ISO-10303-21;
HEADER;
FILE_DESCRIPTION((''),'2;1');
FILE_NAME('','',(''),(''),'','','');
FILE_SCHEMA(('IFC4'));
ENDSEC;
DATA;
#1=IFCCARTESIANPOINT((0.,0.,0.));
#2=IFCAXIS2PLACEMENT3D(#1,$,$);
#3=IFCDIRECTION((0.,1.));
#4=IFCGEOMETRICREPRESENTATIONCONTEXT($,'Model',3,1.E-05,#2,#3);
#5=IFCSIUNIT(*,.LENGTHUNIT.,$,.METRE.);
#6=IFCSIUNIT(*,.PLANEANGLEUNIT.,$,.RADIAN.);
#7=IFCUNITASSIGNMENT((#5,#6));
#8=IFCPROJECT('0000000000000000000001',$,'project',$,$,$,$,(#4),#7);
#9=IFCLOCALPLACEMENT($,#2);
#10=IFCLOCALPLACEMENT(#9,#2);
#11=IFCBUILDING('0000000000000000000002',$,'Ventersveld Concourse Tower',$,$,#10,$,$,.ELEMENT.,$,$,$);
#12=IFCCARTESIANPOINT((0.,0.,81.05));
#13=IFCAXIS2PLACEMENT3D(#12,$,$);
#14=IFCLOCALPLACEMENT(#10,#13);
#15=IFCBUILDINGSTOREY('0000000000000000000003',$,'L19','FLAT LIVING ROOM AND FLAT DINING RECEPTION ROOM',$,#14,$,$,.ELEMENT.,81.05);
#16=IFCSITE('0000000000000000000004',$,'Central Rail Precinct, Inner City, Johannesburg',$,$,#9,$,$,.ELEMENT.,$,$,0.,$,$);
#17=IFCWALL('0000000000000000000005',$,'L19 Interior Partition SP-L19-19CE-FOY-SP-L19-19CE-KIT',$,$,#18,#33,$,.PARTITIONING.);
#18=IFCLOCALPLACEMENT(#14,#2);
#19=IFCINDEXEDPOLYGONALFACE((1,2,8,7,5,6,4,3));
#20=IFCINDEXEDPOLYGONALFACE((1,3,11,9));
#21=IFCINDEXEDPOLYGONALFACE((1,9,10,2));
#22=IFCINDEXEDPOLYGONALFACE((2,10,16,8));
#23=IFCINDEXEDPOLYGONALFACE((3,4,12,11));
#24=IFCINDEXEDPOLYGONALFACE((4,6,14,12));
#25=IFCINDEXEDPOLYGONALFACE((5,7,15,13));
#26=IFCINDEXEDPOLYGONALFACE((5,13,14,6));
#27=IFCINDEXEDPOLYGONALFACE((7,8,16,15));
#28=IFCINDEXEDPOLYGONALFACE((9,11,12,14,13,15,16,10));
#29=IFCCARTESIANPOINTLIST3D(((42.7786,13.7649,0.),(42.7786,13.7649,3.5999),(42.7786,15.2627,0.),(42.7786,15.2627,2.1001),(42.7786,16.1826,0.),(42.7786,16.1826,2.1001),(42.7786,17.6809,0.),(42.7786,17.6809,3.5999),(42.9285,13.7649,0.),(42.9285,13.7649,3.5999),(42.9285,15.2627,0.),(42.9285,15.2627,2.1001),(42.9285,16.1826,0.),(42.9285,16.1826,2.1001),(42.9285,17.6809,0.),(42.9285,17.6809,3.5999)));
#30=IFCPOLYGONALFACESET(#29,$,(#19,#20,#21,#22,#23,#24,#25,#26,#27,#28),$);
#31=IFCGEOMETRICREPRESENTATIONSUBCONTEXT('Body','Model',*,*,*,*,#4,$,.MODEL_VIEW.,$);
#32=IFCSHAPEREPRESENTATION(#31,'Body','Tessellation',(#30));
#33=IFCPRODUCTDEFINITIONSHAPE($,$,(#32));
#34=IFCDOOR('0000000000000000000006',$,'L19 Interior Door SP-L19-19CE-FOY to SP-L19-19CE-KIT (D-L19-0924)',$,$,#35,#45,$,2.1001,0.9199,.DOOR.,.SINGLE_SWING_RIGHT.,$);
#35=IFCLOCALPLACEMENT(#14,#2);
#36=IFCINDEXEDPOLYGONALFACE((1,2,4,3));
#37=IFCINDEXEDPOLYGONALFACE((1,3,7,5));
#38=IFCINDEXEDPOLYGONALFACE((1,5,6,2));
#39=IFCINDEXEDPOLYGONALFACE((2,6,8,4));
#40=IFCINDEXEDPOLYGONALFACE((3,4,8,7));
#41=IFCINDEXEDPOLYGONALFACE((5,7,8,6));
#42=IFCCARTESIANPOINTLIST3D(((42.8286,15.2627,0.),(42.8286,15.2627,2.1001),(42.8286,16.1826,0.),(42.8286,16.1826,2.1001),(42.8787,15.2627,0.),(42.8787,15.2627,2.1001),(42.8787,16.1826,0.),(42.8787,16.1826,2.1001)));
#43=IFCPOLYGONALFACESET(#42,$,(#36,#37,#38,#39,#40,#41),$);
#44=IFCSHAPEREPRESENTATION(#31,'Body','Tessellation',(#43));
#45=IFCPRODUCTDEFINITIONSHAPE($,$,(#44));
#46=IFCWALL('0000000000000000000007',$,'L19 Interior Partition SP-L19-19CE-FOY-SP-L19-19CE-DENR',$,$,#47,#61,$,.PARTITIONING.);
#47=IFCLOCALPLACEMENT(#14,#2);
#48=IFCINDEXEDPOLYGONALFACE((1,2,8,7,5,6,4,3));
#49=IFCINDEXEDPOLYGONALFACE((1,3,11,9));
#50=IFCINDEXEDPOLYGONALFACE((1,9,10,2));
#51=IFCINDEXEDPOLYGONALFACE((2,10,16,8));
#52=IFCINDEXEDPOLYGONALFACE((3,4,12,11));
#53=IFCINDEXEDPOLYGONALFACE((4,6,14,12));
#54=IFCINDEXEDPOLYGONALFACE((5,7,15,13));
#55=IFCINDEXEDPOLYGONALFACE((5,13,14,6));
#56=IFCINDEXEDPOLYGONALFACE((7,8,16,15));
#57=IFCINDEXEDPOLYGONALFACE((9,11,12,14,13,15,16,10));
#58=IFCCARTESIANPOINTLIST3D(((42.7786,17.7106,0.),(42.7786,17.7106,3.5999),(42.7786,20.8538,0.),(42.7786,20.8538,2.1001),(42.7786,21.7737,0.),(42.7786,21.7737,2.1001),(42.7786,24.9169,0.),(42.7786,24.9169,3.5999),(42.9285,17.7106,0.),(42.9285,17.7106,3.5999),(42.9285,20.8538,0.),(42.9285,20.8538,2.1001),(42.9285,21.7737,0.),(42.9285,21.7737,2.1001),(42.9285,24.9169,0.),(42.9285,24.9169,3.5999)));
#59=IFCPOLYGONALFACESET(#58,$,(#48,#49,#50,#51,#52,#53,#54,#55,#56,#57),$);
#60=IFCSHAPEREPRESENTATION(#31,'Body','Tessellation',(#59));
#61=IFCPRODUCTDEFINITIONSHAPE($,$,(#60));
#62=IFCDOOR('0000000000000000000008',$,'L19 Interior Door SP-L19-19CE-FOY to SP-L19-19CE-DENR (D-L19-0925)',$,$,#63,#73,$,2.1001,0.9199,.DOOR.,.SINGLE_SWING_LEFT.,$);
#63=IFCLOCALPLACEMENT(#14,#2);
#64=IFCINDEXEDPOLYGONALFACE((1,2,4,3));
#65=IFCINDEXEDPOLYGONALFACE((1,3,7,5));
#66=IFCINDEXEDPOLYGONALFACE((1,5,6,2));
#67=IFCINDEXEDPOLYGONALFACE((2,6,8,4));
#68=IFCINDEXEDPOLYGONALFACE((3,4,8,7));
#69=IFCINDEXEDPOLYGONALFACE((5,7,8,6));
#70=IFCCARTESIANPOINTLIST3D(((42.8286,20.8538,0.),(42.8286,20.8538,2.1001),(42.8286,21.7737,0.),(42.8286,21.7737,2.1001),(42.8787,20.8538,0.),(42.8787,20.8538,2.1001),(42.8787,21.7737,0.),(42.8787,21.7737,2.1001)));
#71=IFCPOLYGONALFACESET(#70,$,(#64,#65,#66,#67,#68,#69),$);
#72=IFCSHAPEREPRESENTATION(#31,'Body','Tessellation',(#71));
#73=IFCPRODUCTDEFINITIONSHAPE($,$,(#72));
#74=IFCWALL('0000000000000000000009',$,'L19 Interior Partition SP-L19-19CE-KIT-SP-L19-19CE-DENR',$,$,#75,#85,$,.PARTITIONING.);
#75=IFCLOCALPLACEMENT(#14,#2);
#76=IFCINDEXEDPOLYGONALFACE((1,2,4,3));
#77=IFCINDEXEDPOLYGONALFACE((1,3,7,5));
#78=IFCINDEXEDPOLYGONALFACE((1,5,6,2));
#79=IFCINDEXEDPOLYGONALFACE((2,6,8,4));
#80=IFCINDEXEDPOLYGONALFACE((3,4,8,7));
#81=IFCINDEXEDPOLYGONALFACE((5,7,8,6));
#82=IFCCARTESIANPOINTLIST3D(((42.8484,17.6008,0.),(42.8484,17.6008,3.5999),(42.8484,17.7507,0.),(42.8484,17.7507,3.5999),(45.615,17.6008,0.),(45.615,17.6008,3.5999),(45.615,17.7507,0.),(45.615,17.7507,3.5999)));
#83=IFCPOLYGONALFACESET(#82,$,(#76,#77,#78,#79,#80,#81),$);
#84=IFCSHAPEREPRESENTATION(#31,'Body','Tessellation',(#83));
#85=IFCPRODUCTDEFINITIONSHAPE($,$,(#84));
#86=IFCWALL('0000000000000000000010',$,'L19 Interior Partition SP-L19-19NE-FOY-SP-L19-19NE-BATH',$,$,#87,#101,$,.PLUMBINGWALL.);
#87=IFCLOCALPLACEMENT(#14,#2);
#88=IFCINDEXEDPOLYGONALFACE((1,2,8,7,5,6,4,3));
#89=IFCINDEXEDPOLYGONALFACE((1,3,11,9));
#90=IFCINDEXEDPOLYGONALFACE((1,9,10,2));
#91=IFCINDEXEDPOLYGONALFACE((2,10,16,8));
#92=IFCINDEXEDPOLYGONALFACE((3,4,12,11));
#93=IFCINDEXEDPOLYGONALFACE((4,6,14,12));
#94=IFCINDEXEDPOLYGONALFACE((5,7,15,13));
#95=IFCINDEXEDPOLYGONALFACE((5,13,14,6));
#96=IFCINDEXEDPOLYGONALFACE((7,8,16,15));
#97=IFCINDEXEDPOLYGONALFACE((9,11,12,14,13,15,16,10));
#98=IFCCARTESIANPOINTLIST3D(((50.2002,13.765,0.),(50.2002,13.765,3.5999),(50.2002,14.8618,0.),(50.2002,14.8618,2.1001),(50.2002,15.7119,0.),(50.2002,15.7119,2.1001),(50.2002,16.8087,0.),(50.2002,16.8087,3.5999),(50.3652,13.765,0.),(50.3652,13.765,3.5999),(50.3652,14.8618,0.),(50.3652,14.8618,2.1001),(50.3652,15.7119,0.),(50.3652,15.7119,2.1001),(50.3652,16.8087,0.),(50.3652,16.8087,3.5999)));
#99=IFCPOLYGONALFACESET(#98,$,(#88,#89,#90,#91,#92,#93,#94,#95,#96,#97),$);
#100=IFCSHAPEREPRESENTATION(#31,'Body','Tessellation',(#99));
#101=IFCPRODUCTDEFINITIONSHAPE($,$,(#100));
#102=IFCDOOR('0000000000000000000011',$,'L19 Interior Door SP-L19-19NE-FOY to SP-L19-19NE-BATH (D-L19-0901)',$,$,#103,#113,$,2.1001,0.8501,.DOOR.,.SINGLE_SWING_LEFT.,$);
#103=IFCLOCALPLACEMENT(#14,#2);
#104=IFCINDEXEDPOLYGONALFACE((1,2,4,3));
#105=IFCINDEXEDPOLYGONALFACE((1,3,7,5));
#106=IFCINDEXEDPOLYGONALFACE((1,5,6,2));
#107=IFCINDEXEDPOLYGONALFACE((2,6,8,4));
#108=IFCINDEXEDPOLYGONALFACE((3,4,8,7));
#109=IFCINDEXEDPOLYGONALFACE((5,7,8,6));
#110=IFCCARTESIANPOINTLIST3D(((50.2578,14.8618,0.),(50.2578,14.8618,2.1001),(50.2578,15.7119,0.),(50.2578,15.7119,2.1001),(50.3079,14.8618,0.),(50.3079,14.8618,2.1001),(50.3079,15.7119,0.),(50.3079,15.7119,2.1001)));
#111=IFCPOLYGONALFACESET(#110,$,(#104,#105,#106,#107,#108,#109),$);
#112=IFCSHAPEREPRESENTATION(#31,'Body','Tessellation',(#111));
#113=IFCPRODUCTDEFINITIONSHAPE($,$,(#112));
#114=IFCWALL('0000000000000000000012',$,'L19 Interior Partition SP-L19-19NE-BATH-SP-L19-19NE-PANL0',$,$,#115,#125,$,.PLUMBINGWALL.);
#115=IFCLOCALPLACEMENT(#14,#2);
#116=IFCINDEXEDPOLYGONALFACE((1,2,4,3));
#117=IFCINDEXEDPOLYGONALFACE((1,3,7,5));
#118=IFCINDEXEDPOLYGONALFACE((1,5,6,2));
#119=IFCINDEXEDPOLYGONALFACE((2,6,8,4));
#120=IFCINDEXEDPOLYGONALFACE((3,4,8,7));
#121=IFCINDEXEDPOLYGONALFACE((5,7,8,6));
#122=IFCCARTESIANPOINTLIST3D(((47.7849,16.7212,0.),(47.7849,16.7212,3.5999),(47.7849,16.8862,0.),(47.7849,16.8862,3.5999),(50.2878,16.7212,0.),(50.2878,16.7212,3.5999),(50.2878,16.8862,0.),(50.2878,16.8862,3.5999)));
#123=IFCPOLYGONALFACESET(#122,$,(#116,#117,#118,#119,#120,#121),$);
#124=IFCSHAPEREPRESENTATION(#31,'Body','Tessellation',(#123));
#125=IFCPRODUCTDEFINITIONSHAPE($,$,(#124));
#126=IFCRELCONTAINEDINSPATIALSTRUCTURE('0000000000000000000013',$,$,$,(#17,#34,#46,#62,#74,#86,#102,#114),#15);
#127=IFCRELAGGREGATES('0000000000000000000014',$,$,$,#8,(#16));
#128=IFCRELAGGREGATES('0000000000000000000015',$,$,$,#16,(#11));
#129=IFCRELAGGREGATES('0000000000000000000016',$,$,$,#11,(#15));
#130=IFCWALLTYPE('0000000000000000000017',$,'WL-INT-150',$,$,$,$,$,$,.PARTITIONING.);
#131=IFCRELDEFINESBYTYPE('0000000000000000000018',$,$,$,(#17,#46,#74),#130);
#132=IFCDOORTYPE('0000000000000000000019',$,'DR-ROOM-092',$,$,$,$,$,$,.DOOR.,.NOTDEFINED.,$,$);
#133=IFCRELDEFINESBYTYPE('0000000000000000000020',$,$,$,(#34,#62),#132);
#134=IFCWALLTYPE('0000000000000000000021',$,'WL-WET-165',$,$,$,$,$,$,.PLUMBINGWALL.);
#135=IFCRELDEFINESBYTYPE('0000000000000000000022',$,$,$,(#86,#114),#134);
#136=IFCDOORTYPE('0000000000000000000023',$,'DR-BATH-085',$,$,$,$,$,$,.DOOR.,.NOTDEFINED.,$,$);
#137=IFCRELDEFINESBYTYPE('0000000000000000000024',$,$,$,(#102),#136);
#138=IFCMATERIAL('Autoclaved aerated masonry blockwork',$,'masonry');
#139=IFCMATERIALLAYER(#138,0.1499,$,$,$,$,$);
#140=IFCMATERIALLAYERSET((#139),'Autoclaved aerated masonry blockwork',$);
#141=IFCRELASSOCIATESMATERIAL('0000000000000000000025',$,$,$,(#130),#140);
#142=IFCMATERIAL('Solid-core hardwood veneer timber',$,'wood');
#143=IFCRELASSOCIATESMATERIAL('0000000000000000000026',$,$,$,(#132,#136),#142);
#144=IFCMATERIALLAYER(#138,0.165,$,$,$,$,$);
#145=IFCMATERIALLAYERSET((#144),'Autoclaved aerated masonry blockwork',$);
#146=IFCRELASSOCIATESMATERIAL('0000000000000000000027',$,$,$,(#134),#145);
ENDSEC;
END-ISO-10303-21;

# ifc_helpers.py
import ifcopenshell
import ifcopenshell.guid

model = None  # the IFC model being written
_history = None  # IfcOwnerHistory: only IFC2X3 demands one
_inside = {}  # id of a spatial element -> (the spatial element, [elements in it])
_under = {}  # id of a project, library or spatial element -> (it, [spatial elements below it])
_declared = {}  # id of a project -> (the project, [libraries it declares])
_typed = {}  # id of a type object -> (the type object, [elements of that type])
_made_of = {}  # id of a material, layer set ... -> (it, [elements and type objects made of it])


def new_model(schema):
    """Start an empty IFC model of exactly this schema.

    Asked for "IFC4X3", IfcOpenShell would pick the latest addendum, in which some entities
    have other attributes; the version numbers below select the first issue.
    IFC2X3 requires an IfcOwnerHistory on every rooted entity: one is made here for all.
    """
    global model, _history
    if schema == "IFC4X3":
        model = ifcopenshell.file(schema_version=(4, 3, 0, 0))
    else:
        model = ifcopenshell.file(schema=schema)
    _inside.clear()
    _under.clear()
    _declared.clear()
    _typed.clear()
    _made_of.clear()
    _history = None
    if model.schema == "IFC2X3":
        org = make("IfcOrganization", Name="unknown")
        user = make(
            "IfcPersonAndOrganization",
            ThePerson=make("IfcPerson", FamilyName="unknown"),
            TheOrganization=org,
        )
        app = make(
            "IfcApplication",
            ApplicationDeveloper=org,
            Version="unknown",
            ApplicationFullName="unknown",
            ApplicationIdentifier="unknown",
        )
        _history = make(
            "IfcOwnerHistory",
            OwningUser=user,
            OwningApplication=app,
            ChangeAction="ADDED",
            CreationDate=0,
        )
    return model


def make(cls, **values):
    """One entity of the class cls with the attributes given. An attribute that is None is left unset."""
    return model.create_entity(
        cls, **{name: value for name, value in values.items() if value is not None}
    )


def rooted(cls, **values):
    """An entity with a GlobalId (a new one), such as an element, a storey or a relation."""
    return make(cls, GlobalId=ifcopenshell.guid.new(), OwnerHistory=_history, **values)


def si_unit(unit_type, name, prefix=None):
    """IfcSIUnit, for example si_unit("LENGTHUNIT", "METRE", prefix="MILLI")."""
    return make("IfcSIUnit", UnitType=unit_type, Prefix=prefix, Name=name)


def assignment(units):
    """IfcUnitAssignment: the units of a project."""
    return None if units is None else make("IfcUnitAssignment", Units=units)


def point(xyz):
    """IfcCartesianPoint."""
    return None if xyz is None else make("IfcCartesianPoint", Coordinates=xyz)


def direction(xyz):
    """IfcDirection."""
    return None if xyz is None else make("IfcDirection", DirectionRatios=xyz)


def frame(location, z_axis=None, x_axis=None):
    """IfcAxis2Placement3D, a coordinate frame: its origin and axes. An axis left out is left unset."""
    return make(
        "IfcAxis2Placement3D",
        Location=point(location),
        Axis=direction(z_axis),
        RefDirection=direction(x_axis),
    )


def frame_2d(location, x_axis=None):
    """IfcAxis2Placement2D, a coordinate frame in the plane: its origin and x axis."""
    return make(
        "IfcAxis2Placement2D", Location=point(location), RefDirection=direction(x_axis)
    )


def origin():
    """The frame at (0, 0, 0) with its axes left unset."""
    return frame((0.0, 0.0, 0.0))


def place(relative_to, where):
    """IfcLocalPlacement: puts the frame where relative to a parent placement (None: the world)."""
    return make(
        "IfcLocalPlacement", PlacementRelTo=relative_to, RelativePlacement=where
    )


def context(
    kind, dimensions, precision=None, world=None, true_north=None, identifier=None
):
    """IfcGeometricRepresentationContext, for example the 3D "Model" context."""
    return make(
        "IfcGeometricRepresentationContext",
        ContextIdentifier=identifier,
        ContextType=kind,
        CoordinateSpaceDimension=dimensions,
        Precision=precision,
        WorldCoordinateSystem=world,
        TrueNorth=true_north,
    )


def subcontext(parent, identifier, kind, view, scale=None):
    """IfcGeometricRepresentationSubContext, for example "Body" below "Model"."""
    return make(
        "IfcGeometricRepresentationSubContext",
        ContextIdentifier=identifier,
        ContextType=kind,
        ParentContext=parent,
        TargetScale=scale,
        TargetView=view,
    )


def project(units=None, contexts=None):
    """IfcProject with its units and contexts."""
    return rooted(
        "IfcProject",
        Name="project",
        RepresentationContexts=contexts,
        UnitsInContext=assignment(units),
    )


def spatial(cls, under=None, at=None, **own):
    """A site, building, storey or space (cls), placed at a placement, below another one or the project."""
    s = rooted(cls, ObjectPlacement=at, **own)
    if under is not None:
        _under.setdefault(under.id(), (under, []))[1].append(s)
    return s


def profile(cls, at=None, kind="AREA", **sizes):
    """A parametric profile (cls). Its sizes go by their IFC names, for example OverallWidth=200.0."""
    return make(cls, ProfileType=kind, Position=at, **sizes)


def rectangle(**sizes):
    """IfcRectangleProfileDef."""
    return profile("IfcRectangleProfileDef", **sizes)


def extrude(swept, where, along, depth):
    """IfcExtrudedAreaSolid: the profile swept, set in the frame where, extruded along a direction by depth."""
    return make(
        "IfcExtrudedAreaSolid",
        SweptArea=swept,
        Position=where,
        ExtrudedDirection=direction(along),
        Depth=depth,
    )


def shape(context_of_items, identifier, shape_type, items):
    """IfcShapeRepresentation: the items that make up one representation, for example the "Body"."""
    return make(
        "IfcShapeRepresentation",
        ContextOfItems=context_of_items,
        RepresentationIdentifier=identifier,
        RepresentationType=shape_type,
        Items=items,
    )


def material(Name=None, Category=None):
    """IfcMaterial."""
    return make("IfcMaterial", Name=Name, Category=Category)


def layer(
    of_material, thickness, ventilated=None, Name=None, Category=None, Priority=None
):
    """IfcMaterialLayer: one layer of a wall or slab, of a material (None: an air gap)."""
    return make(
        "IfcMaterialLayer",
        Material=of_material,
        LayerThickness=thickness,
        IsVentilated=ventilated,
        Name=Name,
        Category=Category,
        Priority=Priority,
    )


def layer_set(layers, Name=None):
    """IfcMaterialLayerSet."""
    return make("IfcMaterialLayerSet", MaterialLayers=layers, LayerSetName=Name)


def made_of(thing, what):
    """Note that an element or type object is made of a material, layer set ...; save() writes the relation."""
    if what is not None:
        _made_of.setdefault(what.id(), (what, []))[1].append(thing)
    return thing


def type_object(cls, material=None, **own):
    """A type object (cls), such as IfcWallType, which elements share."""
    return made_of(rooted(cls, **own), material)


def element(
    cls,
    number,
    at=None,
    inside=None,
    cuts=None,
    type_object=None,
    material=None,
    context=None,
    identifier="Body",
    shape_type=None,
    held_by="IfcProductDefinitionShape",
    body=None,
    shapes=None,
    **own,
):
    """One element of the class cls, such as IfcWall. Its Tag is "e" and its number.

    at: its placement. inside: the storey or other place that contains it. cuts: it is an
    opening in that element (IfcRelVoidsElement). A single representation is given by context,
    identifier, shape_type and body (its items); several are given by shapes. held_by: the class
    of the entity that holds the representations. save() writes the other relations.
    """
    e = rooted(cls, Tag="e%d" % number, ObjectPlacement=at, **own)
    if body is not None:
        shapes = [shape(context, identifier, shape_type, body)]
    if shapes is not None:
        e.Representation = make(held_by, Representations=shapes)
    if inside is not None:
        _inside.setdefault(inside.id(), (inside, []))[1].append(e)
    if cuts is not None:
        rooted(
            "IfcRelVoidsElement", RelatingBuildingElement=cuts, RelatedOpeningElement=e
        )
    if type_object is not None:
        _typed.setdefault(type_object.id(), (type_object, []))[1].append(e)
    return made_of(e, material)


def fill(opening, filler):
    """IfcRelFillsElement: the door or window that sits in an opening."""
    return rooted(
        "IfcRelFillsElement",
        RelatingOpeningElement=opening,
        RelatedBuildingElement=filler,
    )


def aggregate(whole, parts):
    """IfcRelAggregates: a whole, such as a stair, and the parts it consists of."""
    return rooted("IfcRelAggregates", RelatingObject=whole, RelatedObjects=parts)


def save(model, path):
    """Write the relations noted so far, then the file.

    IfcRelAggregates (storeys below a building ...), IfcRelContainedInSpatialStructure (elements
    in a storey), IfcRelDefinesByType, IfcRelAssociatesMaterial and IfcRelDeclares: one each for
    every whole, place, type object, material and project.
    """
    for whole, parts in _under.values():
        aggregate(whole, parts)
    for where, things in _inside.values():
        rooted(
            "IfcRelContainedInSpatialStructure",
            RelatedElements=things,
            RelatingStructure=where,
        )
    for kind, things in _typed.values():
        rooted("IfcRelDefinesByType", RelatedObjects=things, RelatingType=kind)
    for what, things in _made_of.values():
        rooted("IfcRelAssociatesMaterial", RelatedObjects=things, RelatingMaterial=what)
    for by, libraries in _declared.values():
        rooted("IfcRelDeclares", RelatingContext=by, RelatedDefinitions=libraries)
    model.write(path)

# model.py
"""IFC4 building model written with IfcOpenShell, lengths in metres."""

from ifc_helpers import new_model, si_unit, direction, frame, frame_2d, origin, place, context, subcontext, project, spatial, rectangle, extrude, material, layer, layer_set, type_object, element, fill, save


model = new_model("IFC4")

# Units and contexts
model_context = context("Model", 3, precision=1e-05, world=origin(), true_north=direction((0.0, 1.0)))
body_context = subcontext(model_context, "Body", "Model", "MODEL_VIEW")
ifc_project = project(units=[si_unit("LENGTHUNIT", "METRE"), si_unit("PLANEANGLEUNIT", "RADIAN")], contexts=[model_context])

# Site, building, storey
site_placement = place(None, origin())
site = spatial("IfcSite", under=ifc_project, at=site_placement, Name="Central Rail Precinct, Inner City, Johannesburg", CompositionType="ELEMENT", RefElevation=0.0)
building_placement = place(site_placement, origin())
building = spatial("IfcBuilding", under=site, at=building_placement, Name="Ventersveld Concourse Tower", CompositionType="ELEMENT")
storey_placement = place(building_placement, frame((0.0, 0.0, 81.05)))
storey = spatial("IfcBuildingStorey", under=building, at=storey_placement, Name="L19", Description="FLAT LIVING ROOM AND FLAT DINING RECEPTION ROOM", CompositionType="ELEMENT", Elevation=81.05)

# Shared definitions
ifc_material_1 = material(Name="Solid-core hardwood veneer timber", Category="wood")

# Shared definitions
ifc_material_2 = material(Name="Autoclaved aerated masonry blockwork", Category="masonry")
ifc_layer_1 = layer(ifc_material_2, 0.1499)
ifc_layer_set_1 = layer_set([ifc_layer_1], Name="Autoclaved aerated masonry blockwork")
wall_type_1 = type_object("IfcWallType", Name="WL-INT-150", PredefinedType="PARTITIONING", material=ifc_layer_set_1)
door_type_1 = type_object("IfcDoorType", Name="DR-ROOM-092", OperationType="NOTDEFINED", PredefinedType="DOOR", material=ifc_material_1)

# Walls, openings, doors
wall_1_placement = place(storey_placement, frame((42.8535, 13.7649, 0.0), z_axis=(0.0, 0.0, 1.0), x_axis=(0.0, 1.0, 0.0)))
wall_1 = element("IfcWall", 1, at=wall_1_placement, inside=storey, type_object=wall_type_1, Name="L19 Interior Partition SP-L19-19CE-FOY-SP-L19-19CE-KIT", PredefinedType="PARTITIONING", context=body_context, shape_type="SweptSolid", body=[
    extrude(rectangle(XDim=3.916, YDim=0.1499, at=frame_2d((1.958, 0.0))), origin(), (0.0, 0.0, 1.0), 3.5999),
])
opening_1_placement = place(wall_1_placement, frame((1.4978, 0.0, 0.0)))
opening_1 = element("IfcOpeningElement", 2, at=opening_1_placement, cuts=wall_1, PredefinedType="OPENING", context=body_context, shape_type="SweptSolid", body=[
    extrude(rectangle(XDim=0.9199, YDim=2.1001, at=frame_2d((0.46, 1.05))), frame((0.0, 0.085, 0.0), z_axis=(0.0, -1.0, 0.0), x_axis=(1.0, 0.0, 0.0)), (0.0, 0.0, 1.0), 0.1699),
])
door_1_placement = place(opening_1_placement, origin())
door_1 = element("IfcDoor", 3, at=door_1_placement, inside=storey, type_object=door_type_1, Name="L19 Interior Door SP-L19-19CE-FOY to SP-L19-19CE-KIT (D-L19-0924)", OperationType="SINGLE_SWING_RIGHT", OverallHeight=2.1001, OverallWidth=0.9199, PredefinedType="DOOR", context=body_context, shape_type="SweptSolid", body=[
    extrude(rectangle(XDim=0.9199, YDim=2.1001, at=frame_2d((0.46, 1.05))), frame((0.0, 0.0249, 0.0), z_axis=(0.0, -1.0, 0.0), x_axis=(1.0, 0.0, 0.0)), (0.0, 0.0, 1.0), 0.05),
])
fill(opening_1, door_1)
wall_2_placement = place(storey_placement, frame((42.8535, 17.7107, 0.0), z_axis=(0.0, 0.0, 1.0), x_axis=(0.0, 1.0, 0.0)))
wall_2 = element("IfcWall", 4, at=wall_2_placement, inside=storey, type_object=wall_type_1, Name="L19 Interior Partition SP-L19-19CE-FOY-SP-L19-19CE-DENR", PredefinedType="PARTITIONING", context=body_context, shape_type="SweptSolid", body=[
    extrude(rectangle(XDim=7.2063, YDim=0.1499, at=frame_2d((3.603, 0.0))), origin(), (0.0, 0.0, 1.0), 3.5999),
])
opening_2_placement = place(wall_2_placement, frame((3.1431, 0.0, 0.0)))
opening_2 = element("IfcOpeningElement", 5, at=opening_2_placement, cuts=wall_2, PredefinedType="OPENING", context=body_context, shape_type="SweptSolid", body=[
    extrude(rectangle(XDim=0.9199, YDim=2.1001, at=frame_2d((0.46, 1.05))), frame((0.0, 0.085, 0.0), z_axis=(0.0, -1.0, 0.0), x_axis=(1.0, 0.0, 0.0)), (0.0, 0.0, 1.0), 0.1699),
])
door_2_placement = place(opening_2_placement, origin())
door_2 = element("IfcDoor", 6, at=door_2_placement, inside=storey, type_object=door_type_1, Name="L19 Interior Door SP-L19-19CE-FOY to SP-L19-19CE-DENR (D-L19-0925)", OperationType="SINGLE_SWING_LEFT", OverallHeight=2.1001, OverallWidth=0.9199, PredefinedType="DOOR", context=body_context, shape_type="SweptSolid", body=[
    extrude(rectangle(XDim=0.9199, YDim=2.1001, at=frame_2d((0.46, 1.05))), frame((0.0, 0.0249, 0.0), z_axis=(0.0, -1.0, 0.0), x_axis=(1.0, 0.0, 0.0)), (0.0, 0.0, 1.0), 0.05),
])
fill(opening_2, door_2)

# Wall
wall_3_placement = place(storey_placement, frame((42.8484, 17.6758, 0.0), z_axis=(0.0, 0.0, 1.0), x_axis=(1.0, 0.0, 0.0)))
element("IfcWall", 7, at=wall_3_placement, inside=storey, type_object=wall_type_1, Name="L19 Interior Partition SP-L19-19CE-KIT-SP-L19-19CE-DENR", PredefinedType="PARTITIONING", context=body_context, shape_type="SweptSolid", body=[
    extrude(rectangle(XDim=2.7666, YDim=0.1499, at=frame_2d((1.3833, 0.0))), origin(), (0.0, 0.0, 1.0), 3.5999),
])

# Wall, opening, door
ifc_layer_2 = layer(ifc_material_2, 0.165)
ifc_layer_set_2 = layer_set([ifc_layer_2], Name="Autoclaved aerated masonry blockwork")
wall_type_2 = type_object("IfcWallType", Name="WL-WET-165", PredefinedType="PLUMBINGWALL", material=ifc_layer_set_2)
wall_4_placement = place(storey_placement, frame((50.2827, 13.7649, 0.0), z_axis=(0.0, 0.0, 1.0), x_axis=(0.0, 1.0, 0.0)))
wall_4 = element("IfcWall", 8, at=wall_4_placement, inside=storey, type_object=wall_type_2, Name="L19 Interior Partition SP-L19-19NE-FOY-SP-L19-19NE-BATH", PredefinedType="PLUMBINGWALL", context=body_context, shape_type="SweptSolid", body=[
    extrude(rectangle(XDim=3.0437, YDim=0.165, at=frame_2d((1.522, 0.0))), origin(), (0.0, 0.0, 1.0), 3.5999),
])
opening_3_placement = place(wall_4_placement, frame((1.0969, 0.0, 0.0)))
opening_3 = element("IfcOpeningElement", 9, at=opening_3_placement, cuts=wall_4, PredefinedType="OPENING", context=body_context, shape_type="SweptSolid", body=[
    extrude(rectangle(XDim=0.8501, YDim=2.1001, at=frame_2d((0.425, 1.05))), frame((0.0, 0.0925, 0.0), z_axis=(0.0, -1.0, 0.0), x_axis=(1.0, 0.0, 0.0)), (0.0, 0.0, 1.0), 0.1851),
])
door_type_2 = type_object("IfcDoorType", Name="DR-BATH-085", OperationType="NOTDEFINED", PredefinedType="DOOR", material=ifc_material_1)
door_3_placement = place(opening_3_placement, origin())
door_3 = element("IfcDoor", 10, at=door_3_placement, inside=storey, type_object=door_type_2, Name="L19 Interior Door SP-L19-19NE-FOY to SP-L19-19NE-BATH (D-L19-0901)", OperationType="SINGLE_SWING_LEFT", OverallHeight=2.1001, OverallWidth=0.8501, PredefinedType="DOOR", context=body_context, shape_type="SweptSolid", body=[
    extrude(rectangle(XDim=0.8501, YDim=2.1001, at=frame_2d((0.425, 1.05))), frame((0.0, 0.0249, 0.0), z_axis=(0.0, -1.0, 0.0), x_axis=(1.0, 0.0, 0.0)), (0.0, 0.0, 1.0), 0.05),
])
fill(opening_3, door_3)

# Wall
wall_5_placement = place(storey_placement, frame((47.7849, 16.8037, 0.0), z_axis=(0.0, 0.0, 1.0), x_axis=(1.0, 0.0, 0.0)))
element("IfcWall", 11, at=wall_5_placement, inside=storey, type_object=wall_type_2, Name="L19 Interior Partition SP-L19-19NE-BATH-SP-L19-19NE-PANL0", PredefinedType="PLUMBINGWALL", context=body_context, shape_type="SweptSolid", body=[
    extrude(rectangle(XDim=2.5029, YDim=0.165, at=frame_2d((1.2515, 0.0))), origin(), (0.0, 0.0, 1.0), 3.5999),
])

save(model, "model.ifc")
